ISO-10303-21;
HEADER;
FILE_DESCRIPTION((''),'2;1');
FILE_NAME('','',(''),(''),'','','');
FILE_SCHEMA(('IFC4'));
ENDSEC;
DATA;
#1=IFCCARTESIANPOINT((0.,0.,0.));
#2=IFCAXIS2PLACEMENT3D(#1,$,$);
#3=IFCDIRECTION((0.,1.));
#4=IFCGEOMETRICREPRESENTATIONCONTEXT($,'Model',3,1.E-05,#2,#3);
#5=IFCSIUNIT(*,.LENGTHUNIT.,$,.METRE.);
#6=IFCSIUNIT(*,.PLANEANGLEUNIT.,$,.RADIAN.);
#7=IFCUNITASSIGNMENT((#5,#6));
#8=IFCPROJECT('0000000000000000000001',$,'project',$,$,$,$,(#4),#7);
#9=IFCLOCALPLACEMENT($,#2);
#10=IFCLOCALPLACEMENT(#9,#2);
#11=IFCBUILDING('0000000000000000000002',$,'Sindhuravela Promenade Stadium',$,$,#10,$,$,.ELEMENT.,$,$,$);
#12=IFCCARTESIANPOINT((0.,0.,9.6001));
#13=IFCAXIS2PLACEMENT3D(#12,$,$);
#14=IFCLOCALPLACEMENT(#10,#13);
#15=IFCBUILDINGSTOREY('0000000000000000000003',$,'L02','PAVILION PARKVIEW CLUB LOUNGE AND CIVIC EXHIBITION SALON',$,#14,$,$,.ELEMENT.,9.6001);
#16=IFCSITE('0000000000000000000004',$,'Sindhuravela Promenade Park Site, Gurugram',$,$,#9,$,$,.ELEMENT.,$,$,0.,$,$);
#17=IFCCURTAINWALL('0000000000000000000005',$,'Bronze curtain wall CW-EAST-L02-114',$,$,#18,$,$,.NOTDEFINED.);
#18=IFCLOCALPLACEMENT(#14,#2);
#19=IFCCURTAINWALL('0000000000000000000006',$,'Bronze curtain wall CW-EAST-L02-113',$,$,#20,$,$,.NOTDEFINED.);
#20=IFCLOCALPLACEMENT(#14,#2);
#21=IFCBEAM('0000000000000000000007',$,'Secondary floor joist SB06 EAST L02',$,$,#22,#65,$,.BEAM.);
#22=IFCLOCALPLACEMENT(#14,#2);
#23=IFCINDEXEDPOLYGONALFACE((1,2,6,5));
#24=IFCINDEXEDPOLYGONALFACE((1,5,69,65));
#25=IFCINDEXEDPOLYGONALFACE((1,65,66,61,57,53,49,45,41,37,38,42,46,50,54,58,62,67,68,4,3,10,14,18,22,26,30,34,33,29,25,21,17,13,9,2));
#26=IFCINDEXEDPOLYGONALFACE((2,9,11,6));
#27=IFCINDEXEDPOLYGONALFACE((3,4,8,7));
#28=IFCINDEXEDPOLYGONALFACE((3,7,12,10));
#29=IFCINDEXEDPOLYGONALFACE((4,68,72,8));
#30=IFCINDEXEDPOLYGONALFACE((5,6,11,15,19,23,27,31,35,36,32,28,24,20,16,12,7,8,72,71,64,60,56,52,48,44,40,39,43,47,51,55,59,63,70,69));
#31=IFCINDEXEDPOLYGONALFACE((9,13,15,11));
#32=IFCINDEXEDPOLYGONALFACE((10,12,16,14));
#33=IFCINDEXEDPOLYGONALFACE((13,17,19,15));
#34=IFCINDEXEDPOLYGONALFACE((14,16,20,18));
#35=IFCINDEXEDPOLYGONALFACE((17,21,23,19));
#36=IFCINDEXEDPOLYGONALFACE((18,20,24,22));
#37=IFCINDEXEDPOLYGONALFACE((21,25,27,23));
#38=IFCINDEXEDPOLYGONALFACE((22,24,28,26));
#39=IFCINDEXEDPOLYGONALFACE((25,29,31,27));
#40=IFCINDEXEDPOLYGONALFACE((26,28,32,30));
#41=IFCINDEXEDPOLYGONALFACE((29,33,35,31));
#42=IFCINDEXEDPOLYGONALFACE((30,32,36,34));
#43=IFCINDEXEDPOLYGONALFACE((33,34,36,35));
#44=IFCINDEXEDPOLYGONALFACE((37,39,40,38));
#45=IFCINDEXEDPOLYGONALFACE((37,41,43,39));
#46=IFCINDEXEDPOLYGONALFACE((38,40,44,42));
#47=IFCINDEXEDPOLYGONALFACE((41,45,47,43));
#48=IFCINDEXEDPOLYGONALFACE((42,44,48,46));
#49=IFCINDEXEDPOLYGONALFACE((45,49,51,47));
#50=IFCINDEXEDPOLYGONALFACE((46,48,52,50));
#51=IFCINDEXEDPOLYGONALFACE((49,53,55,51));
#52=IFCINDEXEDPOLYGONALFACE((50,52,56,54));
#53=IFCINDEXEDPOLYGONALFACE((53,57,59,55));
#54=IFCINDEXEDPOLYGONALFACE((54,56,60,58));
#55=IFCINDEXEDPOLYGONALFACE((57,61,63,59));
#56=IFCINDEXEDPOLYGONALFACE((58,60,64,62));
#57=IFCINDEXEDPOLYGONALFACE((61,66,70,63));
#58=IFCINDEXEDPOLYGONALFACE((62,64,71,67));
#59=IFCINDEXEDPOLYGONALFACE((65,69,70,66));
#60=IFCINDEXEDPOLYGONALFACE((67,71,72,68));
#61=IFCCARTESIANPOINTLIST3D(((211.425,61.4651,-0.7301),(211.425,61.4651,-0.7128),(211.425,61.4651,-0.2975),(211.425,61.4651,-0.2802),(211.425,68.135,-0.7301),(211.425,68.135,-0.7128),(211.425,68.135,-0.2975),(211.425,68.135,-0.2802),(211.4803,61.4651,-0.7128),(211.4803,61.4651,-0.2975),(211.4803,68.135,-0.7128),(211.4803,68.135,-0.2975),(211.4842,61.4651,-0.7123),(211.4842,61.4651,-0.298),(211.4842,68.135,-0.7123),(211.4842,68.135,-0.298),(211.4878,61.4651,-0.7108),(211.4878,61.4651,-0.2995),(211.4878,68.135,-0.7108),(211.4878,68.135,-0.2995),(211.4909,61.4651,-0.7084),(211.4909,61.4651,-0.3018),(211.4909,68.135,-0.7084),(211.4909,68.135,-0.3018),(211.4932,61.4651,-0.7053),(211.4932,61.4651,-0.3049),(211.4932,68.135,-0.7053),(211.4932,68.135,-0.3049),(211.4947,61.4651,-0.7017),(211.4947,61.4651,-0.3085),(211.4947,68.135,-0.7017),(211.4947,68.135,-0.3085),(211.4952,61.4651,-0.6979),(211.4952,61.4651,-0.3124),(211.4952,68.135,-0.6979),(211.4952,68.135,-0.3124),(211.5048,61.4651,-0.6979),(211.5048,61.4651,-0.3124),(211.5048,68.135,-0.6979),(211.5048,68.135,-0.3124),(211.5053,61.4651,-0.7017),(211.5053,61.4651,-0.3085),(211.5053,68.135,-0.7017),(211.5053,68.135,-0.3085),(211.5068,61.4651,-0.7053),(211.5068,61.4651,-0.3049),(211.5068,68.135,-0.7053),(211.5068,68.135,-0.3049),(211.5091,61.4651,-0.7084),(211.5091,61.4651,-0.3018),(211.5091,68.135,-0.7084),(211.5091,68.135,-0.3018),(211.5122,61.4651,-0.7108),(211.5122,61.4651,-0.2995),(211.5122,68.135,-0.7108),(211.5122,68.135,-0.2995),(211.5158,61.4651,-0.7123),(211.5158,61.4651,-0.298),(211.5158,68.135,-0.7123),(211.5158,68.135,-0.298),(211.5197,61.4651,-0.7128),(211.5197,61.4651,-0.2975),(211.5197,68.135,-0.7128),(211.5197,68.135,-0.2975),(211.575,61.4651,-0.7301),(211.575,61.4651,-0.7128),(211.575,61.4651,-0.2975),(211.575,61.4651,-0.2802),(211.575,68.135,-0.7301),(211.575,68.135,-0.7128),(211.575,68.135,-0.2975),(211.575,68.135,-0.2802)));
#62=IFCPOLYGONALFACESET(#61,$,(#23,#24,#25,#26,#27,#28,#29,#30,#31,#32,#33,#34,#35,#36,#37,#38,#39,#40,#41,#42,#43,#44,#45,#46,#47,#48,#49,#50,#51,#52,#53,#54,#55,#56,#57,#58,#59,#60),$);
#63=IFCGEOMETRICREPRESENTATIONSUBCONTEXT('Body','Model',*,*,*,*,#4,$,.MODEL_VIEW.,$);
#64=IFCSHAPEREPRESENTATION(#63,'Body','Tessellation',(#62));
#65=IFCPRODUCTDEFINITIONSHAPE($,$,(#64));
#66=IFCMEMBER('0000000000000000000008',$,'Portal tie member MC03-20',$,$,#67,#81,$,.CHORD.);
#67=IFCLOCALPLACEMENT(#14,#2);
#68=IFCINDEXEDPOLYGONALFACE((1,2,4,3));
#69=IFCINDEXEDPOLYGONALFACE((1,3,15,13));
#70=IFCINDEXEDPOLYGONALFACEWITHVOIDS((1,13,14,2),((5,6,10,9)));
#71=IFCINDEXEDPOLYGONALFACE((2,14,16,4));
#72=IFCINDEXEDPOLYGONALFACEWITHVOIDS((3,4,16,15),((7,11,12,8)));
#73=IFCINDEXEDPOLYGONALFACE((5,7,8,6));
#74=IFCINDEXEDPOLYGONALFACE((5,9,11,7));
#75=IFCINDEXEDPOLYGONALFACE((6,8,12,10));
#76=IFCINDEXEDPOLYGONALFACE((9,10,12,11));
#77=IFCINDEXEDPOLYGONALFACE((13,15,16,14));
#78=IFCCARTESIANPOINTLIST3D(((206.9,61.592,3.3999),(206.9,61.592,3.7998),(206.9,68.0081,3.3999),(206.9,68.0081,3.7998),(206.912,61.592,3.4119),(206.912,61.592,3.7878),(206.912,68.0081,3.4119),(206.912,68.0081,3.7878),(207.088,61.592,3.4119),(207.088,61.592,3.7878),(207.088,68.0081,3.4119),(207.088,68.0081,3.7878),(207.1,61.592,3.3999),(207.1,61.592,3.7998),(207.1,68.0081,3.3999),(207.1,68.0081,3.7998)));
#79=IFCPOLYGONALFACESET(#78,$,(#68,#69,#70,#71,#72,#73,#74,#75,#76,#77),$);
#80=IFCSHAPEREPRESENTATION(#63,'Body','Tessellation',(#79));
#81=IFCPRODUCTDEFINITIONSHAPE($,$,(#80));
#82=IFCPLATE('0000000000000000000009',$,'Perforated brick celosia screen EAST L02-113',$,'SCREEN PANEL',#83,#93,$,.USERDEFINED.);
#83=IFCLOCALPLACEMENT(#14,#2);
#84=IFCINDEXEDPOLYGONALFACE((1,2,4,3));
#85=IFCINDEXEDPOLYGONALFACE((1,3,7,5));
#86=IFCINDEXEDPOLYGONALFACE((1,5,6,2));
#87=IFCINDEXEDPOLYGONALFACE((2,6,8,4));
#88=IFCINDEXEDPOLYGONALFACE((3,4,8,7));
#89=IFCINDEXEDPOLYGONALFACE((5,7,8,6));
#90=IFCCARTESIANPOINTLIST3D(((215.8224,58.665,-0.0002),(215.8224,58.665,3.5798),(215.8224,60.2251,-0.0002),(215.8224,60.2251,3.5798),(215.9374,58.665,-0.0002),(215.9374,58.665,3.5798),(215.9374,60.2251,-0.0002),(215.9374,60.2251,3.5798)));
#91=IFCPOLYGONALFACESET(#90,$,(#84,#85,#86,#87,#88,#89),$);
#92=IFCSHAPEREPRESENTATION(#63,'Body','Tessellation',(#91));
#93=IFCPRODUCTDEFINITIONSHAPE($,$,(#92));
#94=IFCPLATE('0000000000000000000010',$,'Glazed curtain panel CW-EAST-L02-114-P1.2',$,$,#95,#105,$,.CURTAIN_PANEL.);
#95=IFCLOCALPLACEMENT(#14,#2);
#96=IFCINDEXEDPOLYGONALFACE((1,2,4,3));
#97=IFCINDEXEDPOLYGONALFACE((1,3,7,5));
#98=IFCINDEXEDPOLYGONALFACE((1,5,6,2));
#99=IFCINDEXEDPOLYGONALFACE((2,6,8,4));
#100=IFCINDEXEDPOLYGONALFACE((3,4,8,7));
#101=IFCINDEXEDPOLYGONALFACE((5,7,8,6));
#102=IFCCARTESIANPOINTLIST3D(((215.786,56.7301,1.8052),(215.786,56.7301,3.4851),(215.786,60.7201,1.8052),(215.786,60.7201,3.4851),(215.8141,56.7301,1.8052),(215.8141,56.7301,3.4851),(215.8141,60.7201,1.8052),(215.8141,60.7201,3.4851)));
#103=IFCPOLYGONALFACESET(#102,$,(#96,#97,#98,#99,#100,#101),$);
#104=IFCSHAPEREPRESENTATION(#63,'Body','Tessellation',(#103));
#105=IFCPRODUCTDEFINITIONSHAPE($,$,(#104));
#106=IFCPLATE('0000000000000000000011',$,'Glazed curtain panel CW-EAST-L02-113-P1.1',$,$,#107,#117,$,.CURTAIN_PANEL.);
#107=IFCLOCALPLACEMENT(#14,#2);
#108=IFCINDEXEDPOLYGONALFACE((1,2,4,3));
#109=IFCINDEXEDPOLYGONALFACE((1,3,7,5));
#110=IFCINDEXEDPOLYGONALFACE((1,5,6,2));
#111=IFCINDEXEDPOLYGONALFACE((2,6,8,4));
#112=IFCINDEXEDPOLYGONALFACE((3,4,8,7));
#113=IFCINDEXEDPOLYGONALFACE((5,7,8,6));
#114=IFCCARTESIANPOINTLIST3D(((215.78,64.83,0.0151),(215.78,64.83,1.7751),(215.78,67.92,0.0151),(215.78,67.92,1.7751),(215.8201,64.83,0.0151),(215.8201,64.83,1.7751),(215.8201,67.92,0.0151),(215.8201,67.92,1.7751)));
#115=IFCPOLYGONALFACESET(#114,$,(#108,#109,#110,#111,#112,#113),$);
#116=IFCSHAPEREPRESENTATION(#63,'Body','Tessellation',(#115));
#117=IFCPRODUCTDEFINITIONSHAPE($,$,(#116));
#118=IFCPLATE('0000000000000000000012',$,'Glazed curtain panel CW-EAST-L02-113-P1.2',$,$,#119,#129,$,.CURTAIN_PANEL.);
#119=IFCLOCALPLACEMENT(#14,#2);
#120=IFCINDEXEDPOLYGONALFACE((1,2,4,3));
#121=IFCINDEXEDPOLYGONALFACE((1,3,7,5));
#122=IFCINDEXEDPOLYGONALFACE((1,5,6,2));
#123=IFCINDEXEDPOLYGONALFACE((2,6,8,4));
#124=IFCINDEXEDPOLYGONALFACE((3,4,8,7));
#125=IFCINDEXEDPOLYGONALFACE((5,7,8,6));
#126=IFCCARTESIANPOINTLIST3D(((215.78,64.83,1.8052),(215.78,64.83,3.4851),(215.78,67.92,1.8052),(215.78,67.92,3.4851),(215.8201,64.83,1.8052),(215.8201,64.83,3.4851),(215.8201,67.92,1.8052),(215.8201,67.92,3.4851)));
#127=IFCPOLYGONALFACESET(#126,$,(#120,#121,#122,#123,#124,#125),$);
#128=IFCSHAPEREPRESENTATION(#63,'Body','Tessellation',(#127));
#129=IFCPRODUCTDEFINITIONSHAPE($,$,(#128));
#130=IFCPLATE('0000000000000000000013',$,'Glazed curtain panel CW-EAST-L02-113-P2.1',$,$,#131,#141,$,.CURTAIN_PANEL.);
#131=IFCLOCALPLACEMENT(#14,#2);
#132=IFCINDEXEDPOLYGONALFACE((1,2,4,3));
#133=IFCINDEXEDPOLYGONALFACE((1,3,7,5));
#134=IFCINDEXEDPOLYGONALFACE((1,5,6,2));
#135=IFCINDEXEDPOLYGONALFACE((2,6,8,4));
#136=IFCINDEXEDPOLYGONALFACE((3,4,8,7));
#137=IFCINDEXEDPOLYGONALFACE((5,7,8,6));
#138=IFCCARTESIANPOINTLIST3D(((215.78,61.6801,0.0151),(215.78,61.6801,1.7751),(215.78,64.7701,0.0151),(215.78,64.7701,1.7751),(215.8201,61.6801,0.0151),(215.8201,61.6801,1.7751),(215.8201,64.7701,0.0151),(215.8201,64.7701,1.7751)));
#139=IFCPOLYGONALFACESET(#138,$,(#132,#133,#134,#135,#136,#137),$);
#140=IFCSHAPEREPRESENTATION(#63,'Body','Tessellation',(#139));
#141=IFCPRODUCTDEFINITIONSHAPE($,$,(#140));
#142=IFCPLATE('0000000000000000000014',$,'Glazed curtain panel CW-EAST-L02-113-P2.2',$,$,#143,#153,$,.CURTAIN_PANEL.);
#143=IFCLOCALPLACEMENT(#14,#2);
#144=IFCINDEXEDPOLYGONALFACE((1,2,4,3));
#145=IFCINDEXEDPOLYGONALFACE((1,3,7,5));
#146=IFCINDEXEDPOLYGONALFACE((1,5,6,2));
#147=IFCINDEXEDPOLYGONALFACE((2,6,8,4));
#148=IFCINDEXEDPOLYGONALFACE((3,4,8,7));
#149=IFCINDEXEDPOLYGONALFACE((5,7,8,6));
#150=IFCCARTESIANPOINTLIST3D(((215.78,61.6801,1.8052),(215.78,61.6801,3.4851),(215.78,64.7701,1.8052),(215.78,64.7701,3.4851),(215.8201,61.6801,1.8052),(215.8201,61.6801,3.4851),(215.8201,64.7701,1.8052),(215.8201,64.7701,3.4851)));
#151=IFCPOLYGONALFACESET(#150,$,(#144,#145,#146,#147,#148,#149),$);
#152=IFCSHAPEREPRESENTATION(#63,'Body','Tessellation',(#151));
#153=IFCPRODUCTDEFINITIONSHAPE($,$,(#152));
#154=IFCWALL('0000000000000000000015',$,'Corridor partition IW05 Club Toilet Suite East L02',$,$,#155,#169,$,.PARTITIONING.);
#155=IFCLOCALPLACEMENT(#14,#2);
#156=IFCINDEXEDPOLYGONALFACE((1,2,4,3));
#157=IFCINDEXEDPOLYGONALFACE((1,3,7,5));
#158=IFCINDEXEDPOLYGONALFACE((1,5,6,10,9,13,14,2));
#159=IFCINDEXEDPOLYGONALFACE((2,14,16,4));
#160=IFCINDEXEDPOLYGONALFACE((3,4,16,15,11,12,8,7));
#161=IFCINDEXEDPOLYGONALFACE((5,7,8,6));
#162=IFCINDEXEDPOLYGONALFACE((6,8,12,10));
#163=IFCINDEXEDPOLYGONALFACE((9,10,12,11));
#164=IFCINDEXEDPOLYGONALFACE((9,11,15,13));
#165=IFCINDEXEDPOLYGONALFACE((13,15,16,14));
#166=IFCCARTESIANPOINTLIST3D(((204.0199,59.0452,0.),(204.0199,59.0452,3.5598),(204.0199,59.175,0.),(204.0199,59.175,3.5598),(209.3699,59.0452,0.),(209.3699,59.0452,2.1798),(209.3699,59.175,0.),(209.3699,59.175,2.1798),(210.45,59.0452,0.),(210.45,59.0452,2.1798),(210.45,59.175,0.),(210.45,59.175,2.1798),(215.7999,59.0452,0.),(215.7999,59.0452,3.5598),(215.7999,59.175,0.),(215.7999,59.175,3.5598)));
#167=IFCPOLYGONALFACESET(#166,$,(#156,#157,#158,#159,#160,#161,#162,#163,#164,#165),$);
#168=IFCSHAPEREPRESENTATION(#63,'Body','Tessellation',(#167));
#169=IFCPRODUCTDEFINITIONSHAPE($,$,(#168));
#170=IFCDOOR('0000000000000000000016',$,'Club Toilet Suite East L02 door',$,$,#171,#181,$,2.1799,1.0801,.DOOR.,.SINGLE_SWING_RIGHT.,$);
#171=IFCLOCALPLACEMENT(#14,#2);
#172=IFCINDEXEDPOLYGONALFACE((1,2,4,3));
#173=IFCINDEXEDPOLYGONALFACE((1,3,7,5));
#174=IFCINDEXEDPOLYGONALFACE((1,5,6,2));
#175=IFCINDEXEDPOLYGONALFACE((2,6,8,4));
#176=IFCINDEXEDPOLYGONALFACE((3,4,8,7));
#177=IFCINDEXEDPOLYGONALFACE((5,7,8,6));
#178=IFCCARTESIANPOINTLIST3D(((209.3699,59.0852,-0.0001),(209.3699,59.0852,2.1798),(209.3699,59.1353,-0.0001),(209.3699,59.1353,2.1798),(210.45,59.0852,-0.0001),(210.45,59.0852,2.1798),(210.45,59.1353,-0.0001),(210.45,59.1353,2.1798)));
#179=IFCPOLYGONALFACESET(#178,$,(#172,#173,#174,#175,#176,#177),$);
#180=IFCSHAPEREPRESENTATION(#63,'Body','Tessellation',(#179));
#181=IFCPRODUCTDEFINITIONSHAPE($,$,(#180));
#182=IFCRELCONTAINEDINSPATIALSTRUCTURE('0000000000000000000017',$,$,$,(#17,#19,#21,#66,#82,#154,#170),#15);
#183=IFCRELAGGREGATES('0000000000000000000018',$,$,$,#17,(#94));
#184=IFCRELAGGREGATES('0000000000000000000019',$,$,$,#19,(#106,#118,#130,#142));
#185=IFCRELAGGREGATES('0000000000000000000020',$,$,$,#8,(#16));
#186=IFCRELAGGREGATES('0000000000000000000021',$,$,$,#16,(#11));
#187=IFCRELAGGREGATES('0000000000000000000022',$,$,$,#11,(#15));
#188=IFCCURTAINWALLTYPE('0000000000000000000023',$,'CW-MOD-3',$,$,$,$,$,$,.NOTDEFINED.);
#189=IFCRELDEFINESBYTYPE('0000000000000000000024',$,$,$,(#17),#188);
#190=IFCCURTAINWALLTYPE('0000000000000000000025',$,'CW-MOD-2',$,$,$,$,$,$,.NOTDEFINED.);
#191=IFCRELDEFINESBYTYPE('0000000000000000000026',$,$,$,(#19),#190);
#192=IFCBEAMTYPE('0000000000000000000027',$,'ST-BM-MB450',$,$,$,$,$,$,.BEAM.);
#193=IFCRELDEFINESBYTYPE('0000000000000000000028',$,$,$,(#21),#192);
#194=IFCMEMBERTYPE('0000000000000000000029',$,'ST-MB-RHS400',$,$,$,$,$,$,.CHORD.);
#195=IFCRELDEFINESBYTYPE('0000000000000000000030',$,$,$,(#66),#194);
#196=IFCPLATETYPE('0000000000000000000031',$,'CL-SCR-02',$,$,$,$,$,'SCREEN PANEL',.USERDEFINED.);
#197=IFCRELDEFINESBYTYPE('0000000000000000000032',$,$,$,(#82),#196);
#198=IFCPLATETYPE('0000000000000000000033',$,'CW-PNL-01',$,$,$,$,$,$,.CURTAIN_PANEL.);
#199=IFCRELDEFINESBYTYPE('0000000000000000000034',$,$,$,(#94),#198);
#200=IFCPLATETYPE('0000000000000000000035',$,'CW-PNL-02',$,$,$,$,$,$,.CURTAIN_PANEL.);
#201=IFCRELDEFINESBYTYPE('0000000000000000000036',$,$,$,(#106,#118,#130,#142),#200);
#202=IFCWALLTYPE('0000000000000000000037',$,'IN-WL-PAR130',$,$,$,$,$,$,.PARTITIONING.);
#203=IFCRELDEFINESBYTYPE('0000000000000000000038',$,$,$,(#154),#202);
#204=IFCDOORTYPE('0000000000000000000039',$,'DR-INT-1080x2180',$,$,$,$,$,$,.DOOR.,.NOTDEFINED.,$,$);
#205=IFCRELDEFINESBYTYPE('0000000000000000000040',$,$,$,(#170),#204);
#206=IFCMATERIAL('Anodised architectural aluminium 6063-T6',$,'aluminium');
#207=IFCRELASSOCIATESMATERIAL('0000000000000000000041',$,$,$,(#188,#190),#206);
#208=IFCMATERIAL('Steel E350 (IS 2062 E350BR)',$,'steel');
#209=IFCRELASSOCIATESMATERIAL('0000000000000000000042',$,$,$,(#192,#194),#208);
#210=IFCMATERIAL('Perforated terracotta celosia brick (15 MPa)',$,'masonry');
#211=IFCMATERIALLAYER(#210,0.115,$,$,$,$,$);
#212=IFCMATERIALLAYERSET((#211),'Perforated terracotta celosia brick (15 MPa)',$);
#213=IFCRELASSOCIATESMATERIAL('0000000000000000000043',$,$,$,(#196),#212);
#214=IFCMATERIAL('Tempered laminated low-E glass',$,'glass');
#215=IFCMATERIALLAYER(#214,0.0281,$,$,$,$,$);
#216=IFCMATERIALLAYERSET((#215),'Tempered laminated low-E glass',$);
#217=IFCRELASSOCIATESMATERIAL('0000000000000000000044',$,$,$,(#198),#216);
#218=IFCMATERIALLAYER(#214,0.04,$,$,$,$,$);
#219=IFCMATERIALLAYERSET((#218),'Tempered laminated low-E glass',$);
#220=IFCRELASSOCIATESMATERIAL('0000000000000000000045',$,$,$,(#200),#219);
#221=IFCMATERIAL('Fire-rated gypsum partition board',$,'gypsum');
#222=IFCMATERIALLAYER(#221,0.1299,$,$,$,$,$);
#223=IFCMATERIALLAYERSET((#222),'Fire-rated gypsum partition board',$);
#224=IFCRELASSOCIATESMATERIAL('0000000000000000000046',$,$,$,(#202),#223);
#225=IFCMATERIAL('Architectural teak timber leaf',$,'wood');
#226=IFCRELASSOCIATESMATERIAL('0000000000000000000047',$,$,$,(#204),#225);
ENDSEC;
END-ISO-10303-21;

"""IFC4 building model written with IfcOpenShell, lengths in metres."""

from ifc_helpers import new_model, si_unit, direction, frame, frame_2d, origin, origin_2d, place, context, subcontext, project, spatial, rectangle, hollow_rectangle, i_section, extrude, material, layer, layer_set, material_profile, profile_set, type_object, element, fill, aggregate, save


model = new_model("IFC4")

# Units and contexts
model_context = context("Model", 3, precision=1e-05, world=origin(), true_north=direction((0.0, 1.0)))
body_context = subcontext(model_context, "Body", "Model", "MODEL_VIEW")
ifc_project = project(units=[si_unit("LENGTHUNIT", "METRE"), si_unit("PLANEANGLEUNIT", "RADIAN")], contexts=[model_context])

# Site, building, storey
site_placement = place(None, origin())
site = spatial("IfcSite", under=ifc_project, at=site_placement, Name="Sindhuravela Promenade Park Site, Gurugram", CompositionType="ELEMENT", RefElevation=0.0)
building_placement = place(site_placement, origin())
building = spatial("IfcBuilding", under=site, at=building_placement, Name="Sindhuravela Promenade Stadium", CompositionType="ELEMENT")
storey_placement = place(building_placement, frame((0.0, 0.0, 9.6001)))
storey = spatial("IfcBuildingStorey", under=building, at=storey_placement, Name="L02", Description="PAVILION PARKVIEW CLUB LOUNGE AND CIVIC EXHIBITION SALON", CompositionType="ELEMENT", Elevation=9.6001)

# Curtain wall
ifc_material_1 = material(Name="Anodised architectural aluminium 6063-T6", Category="aluminium")
curtain_wall_type_1 = type_object("IfcCurtainWallType", Name="CW-MOD-3", PredefinedType="NOTDEFINED", material=ifc_material_1)
curtain_wall_1_placement = place(storey_placement, origin())
curtain_wall_1 = element("IfcCurtainWall", 1, at=curtain_wall_1_placement, inside=storey, type_object=curtain_wall_type_1, Name="Bronze curtain wall CW-EAST-L02-114", PredefinedType="NOTDEFINED")

# Curtain wall
curtain_wall_type_2 = type_object("IfcCurtainWallType", Name="CW-MOD-2", PredefinedType="NOTDEFINED", material=ifc_material_1)
curtain_wall_2_placement = place(storey_placement, origin())
curtain_wall_2 = element("IfcCurtainWall", 2, at=curtain_wall_2_placement, inside=storey, type_object=curtain_wall_type_2, Name="Bronze curtain wall CW-EAST-L02-113", PredefinedType="NOTDEFINED")

# Beam
ifc_material_2 = material(Name="Steel E350 (IS 2062 E350BR)", Category="steel")
ifc_material_profile_1 = material_profile(ifc_material_2, i_section(OverallWidth=0.1499, OverallDepth=0.45, WebThickness=0.0095, FlangeThickness=0.0173, FilletRadius=0.0149, at=origin_2d()), Name="ISMB 450")
ifc_profile_set_1 = profile_set([ifc_material_profile_1], Name="Steel E350 (IS 2062 E350BR)")
beam_type_1 = type_object("IfcBeamType", Name="ST-BM-MB450", PredefinedType="BEAM", material=ifc_profile_set_1)
beam_1_placement = place(storey_placement, frame((211.5, 61.4651, -0.5051), z_axis=(0.0, 1.0, 0.0), x_axis=(-1.0, 0.0, 0.0)))
element("IfcBeam", 3, at=beam_1_placement, inside=storey, type_object=beam_type_1, Name="Secondary floor joist SB06 EAST L02", PredefinedType="BEAM", context=body_context, shape_type="SweptSolid", body=[
    extrude(i_section(OverallWidth=0.1499, OverallDepth=0.45, WebThickness=0.0095, FlangeThickness=0.0173, FilletRadius=0.0149, at=origin_2d()), origin(), (0.0, 0.0, 1.0), 6.6699),
])

# Member
ifc_material_profile_2 = material_profile(ifc_material_2, hollow_rectangle(XDim=0.2, YDim=0.3999, WallThickness=0.012, at=origin_2d()), Name="RHS 400x200x12")
ifc_profile_set_2 = profile_set([ifc_material_profile_2], Name="Steel E350 (IS 2062 E350BR)")
member_type_1 = type_object("IfcMemberType", Name="ST-MB-RHS400", PredefinedType="CHORD", material=ifc_profile_set_2)
member_1_placement = place(storey_placement, frame((207.0, 61.592, 3.5999), z_axis=(0.0, 1.0, 0.0), x_axis=(-1.0, 0.0, 0.0)))
element("IfcMember", 4, at=member_1_placement, inside=storey, type_object=member_type_1, Name="Portal tie member MC03-20", PredefinedType="CHORD", context=body_context, shape_type="SweptSolid", body=[
    extrude(hollow_rectangle(XDim=0.2, YDim=0.3999, WallThickness=0.012, at=origin_2d()), origin(), (0.0, 0.0, 1.0), 6.416),
])

# Plates
ifc_material_3 = material(Name="Perforated terracotta celosia brick (15 MPa)", Category="masonry")
ifc_layer_1 = layer(ifc_material_3, 0.115)
ifc_layer_set_1 = layer_set([ifc_layer_1], Name="Perforated terracotta celosia brick (15 MPa)")
plate_type_1 = type_object("IfcPlateType", Name="CL-SCR-02", ElementType="SCREEN PANEL", PredefinedType="USERDEFINED", material=ifc_layer_set_1)
plate_1_placement = place(storey_placement, frame((215.8799, 59.4451, -0.0002), z_axis=(0.0, 0.0, 1.0), x_axis=(0.0, -1.0, 0.0)))
element("IfcPlate", 5, at=plate_1_placement, inside=storey, type_object=plate_type_1, Name="Perforated brick celosia screen EAST L02-113", ObjectType="SCREEN PANEL", PredefinedType="USERDEFINED", context=body_context, shape_type="SweptSolid", body=[
    extrude(rectangle(XDim=1.5601, YDim=0.115, at=origin_2d()), origin(), (0.0, 0.0, 1.0), 3.5801),
])
ifc_material_4 = material(Name="Tempered laminated low-E glass", Category="glass")
ifc_layer_2 = layer(ifc_material_4, 0.0281)
ifc_layer_set_2 = layer_set([ifc_layer_2], Name="Tempered laminated low-E glass")
plate_type_2 = type_object("IfcPlateType", Name="CW-PNL-01", PredefinedType="CURTAIN_PANEL", material=ifc_layer_set_2)
plate_2_placement = place(storey_placement, frame((215.8, 58.7251, 1.8052), z_axis=(0.0, 0.0, 1.0), x_axis=(0.0, -1.0, 0.0)))
plate_2 = element("IfcPlate", 6, at=plate_2_placement, type_object=plate_type_2, Name="Glazed curtain panel CW-EAST-L02-114-P1.2", PredefinedType="CURTAIN_PANEL", context=body_context, shape_type="SweptSolid", body=[
    extrude(rectangle(XDim=3.99, YDim=0.0281, at=origin_2d()), origin(), (0.0, 0.0, 1.0), 1.6799),
])
aggregate(curtain_wall_1, [plate_2])
ifc_layer_3 = layer(ifc_material_4, 0.04)
ifc_layer_set_3 = layer_set([ifc_layer_3], Name="Tempered laminated low-E glass")
plate_type_3 = type_object("IfcPlateType", Name="CW-PNL-02", PredefinedType="CURTAIN_PANEL", material=ifc_layer_set_3)
plate_3_placement = place(storey_placement, frame((215.8, 66.375, 0.0151), z_axis=(0.0, 0.0, 1.0), x_axis=(0.0, -1.0, 0.0)))
plate_3 = element("IfcPlate", 7, at=plate_3_placement, type_object=plate_type_3, Name="Glazed curtain panel CW-EAST-L02-113-P1.1", PredefinedType="CURTAIN_PANEL", context=body_context, shape_type="SweptSolid", body=[
    extrude(rectangle(XDim=3.0901, YDim=0.04, at=origin_2d()), origin(), (0.0, 0.0, 1.0), 1.76),
])
plate_4_placement = place(storey_placement, frame((215.8, 66.375, 1.8052), z_axis=(0.0, 0.0, 1.0), x_axis=(0.0, -1.0, 0.0)))
plate_4 = element("IfcPlate", 8, at=plate_4_placement, type_object=plate_type_3, Name="Glazed curtain panel CW-EAST-L02-113-P1.2", PredefinedType="CURTAIN_PANEL", context=body_context, shape_type="SweptSolid", body=[
    extrude(rectangle(XDim=3.0901, YDim=0.04, at=origin_2d()), origin(), (0.0, 0.0, 1.0), 1.6799),
])
plate_5_placement = place(storey_placement, frame((215.8, 63.2251, 0.0151), z_axis=(0.0, 0.0, 1.0), x_axis=(0.0, -1.0, 0.0)))
plate_5 = element("IfcPlate", 9, at=plate_5_placement, type_object=plate_type_3, Name="Glazed curtain panel CW-EAST-L02-113-P2.1", PredefinedType="CURTAIN_PANEL", context=body_context, shape_type="SweptSolid", body=[
    extrude(rectangle(XDim=3.0901, YDim=0.04, at=origin_2d()), origin(), (0.0, 0.0, 1.0), 1.76),
])
plate_6_placement = place(storey_placement, frame((215.8, 63.2251, 1.8052), z_axis=(0.0, 0.0, 1.0), x_axis=(0.0, -1.0, 0.0)))
plate_6 = element("IfcPlate", 10, at=plate_6_placement, type_object=plate_type_3, Name="Glazed curtain panel CW-EAST-L02-113-P2.2", PredefinedType="CURTAIN_PANEL", context=body_context, shape_type="SweptSolid", body=[
    extrude(rectangle(XDim=3.0901, YDim=0.04, at=origin_2d()), origin(), (0.0, 0.0, 1.0), 1.6799),
])
aggregate(curtain_wall_2, [plate_3, plate_4, plate_5, plate_6])

# Wall, opening, door
ifc_material_5 = material(Name="Fire-rated gypsum partition board", Category="gypsum")
ifc_layer_4 = layer(ifc_material_5, 0.1299)
ifc_layer_set_4 = layer_set([ifc_layer_4], Name="Fire-rated gypsum partition board")
wall_type = type_object("IfcWallType", Name="IN-WL-PAR130", PredefinedType="PARTITIONING", material=ifc_layer_set_4)
wall_placement = place(storey_placement, frame((215.8, 59.1101, 0.0), z_axis=(0.0, 0.0, 1.0), x_axis=(-1.0, 0.0, 0.0)))
wall = element("IfcWall", 11, at=wall_placement, inside=storey, type_object=wall_type, Name="Corridor partition IW05 Club Toilet Suite East L02", PredefinedType="PARTITIONING", context=body_context, shape_type="SweptSolid", body=[
    extrude(rectangle(XDim=11.78, YDim=0.1299, at=frame_2d((5.8901, 0.0))), origin(), (0.0, 0.0, 1.0), 3.5598),
])
opening_placement = place(wall_placement, frame((5.3501, 0.0, 0.0)))
opening = element("IfcOpeningElement", 12, at=opening_placement, cuts=wall, PredefinedType="OPENING", context=body_context, shape_type="SweptSolid", body=[
    extrude(rectangle(XDim=1.0801, YDim=2.1799, at=frame_2d((0.54, 1.0898))), frame((0.0, 0.075, 0.0), z_axis=(0.0, -1.0, 0.0), x_axis=(1.0, 0.0, 0.0)), (0.0, 0.0, 1.0), 0.1499),
])
ifc_material_6 = material(Name="Architectural teak timber leaf", Category="wood")
door_type = type_object("IfcDoorType", Name="DR-INT-1080x2180", OperationType="NOTDEFINED", PredefinedType="DOOR", material=ifc_material_6)
door_placement = place(opening_placement, origin())
door = element("IfcDoor", 13, at=door_placement, inside=storey, type_object=door_type, Name="Club Toilet Suite East L02 door", OperationType="SINGLE_SWING_RIGHT", OverallHeight=2.1799, OverallWidth=1.0801, PredefinedType="DOOR", context=body_context, shape_type="SweptSolid", body=[
    extrude(rectangle(XDim=1.0801, YDim=2.1799, at=frame_2d((0.54, 1.0898))), frame((0.0, 0.0249, 0.0), z_axis=(0.0, -1.0, 0.0), x_axis=(1.0, 0.0, 0.0)), (0.0, 0.0, 1.0), 0.05),
])
fill(opening, door)

save(model, "model.ifc")
